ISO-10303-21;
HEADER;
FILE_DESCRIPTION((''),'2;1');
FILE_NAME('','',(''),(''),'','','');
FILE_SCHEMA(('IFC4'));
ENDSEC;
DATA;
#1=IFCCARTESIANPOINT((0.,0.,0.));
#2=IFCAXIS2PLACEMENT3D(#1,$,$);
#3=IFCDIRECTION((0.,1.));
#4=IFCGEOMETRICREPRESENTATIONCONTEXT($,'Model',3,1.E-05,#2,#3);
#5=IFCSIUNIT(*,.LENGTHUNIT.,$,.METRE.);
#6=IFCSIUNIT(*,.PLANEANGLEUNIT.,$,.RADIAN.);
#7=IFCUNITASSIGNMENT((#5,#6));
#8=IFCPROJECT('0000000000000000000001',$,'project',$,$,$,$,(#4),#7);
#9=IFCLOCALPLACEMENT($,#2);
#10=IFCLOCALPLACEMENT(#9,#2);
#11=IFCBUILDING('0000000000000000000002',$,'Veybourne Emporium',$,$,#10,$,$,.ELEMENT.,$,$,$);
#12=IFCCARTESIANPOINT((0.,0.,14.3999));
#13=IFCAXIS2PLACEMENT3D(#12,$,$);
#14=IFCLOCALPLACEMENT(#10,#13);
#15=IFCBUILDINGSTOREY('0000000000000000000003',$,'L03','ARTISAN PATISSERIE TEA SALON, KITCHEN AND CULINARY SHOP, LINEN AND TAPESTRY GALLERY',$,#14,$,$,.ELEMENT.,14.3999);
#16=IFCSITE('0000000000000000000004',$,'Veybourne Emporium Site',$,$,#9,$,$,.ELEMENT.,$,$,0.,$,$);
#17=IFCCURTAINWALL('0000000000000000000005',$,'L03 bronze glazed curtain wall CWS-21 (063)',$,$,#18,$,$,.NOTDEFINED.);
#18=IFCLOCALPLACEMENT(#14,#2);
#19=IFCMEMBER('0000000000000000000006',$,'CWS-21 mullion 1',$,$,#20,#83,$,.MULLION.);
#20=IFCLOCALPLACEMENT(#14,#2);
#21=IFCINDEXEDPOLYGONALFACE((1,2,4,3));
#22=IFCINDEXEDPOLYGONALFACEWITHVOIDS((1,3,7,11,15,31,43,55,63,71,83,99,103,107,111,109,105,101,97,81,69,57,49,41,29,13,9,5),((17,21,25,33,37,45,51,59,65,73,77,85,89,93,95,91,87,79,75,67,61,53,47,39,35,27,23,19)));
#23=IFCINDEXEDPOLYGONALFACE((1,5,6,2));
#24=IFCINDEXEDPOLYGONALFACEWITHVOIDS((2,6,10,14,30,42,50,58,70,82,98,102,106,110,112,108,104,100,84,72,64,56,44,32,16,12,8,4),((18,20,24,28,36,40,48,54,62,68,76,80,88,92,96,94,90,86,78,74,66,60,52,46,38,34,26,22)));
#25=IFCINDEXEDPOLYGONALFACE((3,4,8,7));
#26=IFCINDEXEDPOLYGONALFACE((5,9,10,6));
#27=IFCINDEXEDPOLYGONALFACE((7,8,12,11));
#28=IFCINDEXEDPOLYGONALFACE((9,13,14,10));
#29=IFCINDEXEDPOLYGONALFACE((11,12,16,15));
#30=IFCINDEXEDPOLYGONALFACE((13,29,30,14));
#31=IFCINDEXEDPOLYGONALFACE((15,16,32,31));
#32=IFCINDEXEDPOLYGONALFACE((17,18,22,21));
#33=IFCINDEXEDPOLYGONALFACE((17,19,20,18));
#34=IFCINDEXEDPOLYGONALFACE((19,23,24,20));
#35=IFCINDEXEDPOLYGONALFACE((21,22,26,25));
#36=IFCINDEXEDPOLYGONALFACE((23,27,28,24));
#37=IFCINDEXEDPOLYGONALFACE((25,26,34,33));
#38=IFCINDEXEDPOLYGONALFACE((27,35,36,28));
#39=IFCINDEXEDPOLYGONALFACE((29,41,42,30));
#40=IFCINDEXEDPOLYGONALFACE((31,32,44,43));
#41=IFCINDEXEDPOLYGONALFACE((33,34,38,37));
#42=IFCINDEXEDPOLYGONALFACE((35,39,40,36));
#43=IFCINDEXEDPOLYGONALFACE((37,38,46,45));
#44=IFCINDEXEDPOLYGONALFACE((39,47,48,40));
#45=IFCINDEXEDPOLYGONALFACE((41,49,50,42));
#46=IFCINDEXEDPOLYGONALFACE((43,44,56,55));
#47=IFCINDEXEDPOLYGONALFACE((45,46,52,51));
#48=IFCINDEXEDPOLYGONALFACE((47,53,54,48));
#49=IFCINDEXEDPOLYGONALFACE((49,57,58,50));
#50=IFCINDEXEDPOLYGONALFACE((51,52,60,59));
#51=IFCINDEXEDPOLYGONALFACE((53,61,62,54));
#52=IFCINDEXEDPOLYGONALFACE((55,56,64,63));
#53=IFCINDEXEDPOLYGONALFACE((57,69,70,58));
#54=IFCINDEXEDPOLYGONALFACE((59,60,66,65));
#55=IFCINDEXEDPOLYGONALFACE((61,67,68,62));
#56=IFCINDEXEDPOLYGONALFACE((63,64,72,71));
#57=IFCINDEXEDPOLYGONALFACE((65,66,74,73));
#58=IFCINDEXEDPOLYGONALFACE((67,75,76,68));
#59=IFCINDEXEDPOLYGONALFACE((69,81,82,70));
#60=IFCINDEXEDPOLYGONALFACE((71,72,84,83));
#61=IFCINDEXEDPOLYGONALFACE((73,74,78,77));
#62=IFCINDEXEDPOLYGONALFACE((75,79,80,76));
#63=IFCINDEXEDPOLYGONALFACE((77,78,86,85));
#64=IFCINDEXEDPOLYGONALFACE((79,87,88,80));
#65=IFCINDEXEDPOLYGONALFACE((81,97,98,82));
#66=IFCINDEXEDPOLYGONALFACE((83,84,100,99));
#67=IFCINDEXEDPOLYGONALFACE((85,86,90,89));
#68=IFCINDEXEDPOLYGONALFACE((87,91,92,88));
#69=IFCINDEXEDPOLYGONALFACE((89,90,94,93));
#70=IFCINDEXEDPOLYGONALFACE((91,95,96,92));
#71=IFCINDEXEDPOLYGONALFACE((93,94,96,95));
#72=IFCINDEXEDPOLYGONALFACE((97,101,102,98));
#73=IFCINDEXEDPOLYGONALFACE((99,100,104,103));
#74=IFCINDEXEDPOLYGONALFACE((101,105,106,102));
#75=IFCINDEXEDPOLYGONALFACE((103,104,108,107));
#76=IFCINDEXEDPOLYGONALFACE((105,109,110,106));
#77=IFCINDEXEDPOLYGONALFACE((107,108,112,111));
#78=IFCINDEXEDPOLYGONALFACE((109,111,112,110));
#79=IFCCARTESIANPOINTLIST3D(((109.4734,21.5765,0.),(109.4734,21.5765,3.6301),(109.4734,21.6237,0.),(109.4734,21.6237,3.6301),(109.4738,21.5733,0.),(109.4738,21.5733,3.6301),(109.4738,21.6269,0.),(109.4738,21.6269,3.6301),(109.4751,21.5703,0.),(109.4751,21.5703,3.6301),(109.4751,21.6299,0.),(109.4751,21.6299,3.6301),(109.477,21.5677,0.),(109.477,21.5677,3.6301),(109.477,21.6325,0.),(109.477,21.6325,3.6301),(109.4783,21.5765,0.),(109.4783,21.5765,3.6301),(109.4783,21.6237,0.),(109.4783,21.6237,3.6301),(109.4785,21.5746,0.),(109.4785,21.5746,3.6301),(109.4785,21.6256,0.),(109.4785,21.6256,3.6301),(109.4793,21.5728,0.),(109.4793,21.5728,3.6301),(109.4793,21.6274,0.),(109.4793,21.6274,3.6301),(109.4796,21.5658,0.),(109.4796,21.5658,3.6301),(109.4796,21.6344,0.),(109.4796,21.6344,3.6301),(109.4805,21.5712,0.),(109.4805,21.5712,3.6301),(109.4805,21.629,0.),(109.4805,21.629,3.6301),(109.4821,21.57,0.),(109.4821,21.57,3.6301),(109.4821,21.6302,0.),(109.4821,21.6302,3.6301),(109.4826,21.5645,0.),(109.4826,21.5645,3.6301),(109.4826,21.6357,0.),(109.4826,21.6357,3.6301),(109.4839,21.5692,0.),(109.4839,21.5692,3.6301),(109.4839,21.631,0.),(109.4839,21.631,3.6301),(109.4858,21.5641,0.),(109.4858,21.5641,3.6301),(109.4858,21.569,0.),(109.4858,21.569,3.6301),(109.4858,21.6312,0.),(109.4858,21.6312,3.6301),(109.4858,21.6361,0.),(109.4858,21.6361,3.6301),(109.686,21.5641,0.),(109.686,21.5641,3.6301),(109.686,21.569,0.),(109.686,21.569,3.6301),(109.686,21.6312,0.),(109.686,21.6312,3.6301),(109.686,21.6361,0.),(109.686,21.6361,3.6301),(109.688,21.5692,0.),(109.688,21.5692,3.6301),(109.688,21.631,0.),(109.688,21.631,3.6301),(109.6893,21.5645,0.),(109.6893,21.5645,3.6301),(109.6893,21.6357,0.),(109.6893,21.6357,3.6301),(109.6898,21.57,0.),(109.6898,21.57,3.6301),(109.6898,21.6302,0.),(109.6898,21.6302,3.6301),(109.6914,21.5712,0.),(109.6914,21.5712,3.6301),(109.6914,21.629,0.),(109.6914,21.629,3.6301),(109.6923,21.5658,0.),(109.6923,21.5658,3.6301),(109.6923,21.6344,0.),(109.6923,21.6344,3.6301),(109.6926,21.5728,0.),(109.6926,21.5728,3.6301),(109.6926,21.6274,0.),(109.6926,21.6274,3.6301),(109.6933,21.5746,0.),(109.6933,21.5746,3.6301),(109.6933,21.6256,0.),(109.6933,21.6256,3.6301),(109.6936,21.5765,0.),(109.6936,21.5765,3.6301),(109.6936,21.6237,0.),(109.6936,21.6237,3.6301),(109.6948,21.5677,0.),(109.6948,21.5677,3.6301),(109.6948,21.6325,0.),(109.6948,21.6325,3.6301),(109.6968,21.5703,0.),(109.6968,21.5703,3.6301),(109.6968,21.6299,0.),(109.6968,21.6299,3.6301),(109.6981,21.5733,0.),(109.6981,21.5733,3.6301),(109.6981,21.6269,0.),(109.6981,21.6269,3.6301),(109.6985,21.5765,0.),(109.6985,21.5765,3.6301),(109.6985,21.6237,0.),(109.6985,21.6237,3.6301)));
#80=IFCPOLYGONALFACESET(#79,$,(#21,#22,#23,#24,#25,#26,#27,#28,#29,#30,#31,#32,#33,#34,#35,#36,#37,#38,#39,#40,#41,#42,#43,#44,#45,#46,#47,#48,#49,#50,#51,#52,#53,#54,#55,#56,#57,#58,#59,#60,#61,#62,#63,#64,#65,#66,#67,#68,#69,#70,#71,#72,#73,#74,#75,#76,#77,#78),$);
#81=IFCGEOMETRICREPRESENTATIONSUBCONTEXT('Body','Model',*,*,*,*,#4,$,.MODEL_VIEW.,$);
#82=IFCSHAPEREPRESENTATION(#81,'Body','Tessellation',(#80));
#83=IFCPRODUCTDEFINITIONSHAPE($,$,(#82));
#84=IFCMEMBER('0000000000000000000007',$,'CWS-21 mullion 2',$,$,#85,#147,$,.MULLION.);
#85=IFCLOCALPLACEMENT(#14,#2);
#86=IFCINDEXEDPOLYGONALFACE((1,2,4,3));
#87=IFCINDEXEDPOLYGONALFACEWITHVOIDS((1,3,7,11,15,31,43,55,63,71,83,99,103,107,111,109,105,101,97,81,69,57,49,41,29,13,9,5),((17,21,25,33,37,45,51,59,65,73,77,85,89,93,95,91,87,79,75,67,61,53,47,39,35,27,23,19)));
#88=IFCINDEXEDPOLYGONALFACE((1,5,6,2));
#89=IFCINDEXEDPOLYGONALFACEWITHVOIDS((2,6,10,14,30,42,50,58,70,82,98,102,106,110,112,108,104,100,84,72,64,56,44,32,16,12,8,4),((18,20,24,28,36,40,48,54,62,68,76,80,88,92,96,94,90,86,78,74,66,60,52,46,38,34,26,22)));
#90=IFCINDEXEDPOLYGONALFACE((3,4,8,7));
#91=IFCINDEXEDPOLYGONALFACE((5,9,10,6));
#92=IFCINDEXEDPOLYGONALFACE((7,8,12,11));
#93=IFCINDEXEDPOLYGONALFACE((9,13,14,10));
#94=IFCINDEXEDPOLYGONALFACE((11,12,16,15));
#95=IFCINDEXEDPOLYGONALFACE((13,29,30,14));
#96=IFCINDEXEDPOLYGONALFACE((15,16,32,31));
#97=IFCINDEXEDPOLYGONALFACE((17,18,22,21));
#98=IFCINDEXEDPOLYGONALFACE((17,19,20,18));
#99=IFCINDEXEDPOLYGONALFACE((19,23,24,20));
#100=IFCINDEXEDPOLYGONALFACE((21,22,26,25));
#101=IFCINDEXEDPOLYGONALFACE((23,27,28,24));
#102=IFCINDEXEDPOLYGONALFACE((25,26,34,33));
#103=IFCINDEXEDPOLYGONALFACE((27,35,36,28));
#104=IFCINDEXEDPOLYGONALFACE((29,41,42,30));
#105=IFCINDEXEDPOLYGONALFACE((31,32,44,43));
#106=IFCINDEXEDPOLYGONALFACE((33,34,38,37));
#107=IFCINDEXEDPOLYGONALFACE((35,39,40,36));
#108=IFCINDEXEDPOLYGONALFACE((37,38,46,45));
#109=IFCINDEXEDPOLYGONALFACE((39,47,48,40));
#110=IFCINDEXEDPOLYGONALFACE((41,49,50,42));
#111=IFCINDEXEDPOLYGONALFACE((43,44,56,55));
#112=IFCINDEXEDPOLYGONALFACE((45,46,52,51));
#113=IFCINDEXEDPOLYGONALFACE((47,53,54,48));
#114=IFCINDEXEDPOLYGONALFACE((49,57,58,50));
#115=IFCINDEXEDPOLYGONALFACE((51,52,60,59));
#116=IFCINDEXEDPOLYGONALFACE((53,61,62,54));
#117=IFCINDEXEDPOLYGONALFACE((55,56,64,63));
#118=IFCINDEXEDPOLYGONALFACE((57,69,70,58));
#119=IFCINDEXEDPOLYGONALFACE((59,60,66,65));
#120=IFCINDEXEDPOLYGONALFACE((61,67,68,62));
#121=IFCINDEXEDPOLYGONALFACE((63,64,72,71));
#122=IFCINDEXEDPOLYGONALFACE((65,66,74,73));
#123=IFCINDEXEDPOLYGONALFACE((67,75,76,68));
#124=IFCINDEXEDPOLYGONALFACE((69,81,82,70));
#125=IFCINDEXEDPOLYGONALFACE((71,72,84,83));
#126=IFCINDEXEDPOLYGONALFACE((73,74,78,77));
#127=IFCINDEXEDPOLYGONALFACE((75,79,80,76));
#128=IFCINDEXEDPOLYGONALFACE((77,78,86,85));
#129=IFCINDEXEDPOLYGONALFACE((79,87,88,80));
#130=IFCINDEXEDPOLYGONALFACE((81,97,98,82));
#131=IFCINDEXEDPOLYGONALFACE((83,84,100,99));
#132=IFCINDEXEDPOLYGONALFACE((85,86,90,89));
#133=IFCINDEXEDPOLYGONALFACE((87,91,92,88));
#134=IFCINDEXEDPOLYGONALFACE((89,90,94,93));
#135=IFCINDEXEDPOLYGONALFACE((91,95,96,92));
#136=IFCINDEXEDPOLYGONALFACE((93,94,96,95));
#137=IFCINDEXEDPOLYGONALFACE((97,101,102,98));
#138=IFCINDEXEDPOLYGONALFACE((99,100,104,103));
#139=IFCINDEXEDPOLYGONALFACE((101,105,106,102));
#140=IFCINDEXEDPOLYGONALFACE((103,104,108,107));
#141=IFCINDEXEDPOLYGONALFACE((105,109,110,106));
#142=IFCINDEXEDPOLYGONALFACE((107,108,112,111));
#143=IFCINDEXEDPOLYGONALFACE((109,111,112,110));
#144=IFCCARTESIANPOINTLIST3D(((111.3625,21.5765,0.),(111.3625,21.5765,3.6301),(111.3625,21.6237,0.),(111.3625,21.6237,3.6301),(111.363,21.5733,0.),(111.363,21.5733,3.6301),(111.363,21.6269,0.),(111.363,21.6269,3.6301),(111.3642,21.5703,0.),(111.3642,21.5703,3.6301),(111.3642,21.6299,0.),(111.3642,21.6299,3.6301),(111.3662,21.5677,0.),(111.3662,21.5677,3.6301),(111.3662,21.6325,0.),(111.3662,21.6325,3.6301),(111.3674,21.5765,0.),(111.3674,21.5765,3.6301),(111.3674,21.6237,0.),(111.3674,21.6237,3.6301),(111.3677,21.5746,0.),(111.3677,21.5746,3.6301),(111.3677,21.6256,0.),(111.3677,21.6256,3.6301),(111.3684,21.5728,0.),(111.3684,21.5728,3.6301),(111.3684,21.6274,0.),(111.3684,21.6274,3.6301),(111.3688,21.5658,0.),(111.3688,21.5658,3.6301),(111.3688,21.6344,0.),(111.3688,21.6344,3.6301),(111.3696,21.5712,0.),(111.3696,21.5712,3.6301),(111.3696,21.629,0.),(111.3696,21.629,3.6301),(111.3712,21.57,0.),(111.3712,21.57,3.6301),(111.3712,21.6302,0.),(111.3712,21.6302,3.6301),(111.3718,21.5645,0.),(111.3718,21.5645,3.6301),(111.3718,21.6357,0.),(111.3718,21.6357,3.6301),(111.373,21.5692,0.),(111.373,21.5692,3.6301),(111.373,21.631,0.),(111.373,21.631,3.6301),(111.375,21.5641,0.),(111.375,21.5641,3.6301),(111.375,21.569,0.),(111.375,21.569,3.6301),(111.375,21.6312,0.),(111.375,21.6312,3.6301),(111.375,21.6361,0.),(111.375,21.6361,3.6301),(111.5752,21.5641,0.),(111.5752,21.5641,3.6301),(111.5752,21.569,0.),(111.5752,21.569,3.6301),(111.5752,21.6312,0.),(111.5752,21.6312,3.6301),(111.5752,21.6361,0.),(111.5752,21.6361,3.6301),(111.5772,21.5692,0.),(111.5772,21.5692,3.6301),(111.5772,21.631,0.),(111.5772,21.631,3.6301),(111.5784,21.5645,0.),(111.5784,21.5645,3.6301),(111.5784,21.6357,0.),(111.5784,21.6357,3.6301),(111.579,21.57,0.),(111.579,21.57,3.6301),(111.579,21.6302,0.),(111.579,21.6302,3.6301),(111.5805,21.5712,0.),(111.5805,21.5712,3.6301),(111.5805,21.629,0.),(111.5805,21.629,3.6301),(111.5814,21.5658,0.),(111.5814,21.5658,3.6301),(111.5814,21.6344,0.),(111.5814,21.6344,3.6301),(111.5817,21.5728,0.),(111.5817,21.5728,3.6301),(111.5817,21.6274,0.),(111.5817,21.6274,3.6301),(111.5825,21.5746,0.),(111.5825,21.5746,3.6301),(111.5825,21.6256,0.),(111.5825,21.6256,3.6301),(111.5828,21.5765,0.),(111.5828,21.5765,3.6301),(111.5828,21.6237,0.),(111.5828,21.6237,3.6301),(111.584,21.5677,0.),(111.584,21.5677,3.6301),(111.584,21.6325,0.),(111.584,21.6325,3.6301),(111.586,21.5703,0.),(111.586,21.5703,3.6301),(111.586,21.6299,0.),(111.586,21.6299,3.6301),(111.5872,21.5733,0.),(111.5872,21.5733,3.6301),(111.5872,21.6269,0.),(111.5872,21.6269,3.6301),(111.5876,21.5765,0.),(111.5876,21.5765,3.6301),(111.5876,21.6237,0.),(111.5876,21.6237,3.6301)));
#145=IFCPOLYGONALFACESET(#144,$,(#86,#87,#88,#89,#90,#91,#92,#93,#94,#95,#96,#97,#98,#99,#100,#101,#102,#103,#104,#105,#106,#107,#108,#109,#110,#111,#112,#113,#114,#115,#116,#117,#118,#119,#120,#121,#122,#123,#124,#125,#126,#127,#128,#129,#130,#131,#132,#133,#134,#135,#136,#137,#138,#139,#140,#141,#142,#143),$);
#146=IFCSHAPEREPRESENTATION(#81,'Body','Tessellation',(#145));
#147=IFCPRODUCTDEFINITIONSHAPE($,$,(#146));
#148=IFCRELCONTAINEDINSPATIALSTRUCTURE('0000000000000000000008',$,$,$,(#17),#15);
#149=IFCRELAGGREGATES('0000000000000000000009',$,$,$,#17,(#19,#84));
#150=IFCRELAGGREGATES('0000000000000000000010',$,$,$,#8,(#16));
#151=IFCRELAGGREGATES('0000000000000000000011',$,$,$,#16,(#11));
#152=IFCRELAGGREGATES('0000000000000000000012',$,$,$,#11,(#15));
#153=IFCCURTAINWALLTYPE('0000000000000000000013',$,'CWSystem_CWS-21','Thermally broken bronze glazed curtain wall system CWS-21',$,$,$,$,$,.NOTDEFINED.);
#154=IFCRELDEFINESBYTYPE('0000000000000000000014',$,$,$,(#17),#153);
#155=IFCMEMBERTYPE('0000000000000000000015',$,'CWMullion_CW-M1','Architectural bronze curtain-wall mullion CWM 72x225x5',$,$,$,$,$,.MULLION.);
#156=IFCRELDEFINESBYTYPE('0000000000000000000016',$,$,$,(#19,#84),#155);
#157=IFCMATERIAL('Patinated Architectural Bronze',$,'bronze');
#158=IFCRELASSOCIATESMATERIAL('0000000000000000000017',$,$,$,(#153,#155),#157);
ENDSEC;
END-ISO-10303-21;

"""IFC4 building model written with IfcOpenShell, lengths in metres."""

from ifc_helpers import new_model, si_unit, direction, frame, origin, origin_2d, place, context, subcontext, project, spatial, hollow_rectangle, extrude, material, material_profile, profile_set, type_object, element, aggregate, save


model = new_model("IFC4")

# Units and contexts
model_context = context("Model", 3, precision=1e-05, world=origin(), true_north=direction((0.0, 1.0)))
body_context = subcontext(model_context, "Body", "Model", "MODEL_VIEW")
ifc_project = project(units=[si_unit("LENGTHUNIT", "METRE"), si_unit("PLANEANGLEUNIT", "RADIAN")], contexts=[model_context])

# Site, building, storey
site_placement = place(None, origin())
site = spatial("IfcSite", under=ifc_project, at=site_placement, Name="Veybourne Emporium Site", CompositionType="ELEMENT", RefElevation=0.0)
building_placement = place(site_placement, origin())
building = spatial("IfcBuilding", under=site, at=building_placement, Name="Veybourne Emporium", CompositionType="ELEMENT")
storey_placement = place(building_placement, frame((0.0, 0.0, 14.3999)))
storey = spatial("IfcBuildingStorey", under=building, at=storey_placement, Name="L03", Description="ARTISAN PATISSERIE TEA SALON, KITCHEN AND CULINARY SHOP, LINEN AND TAPESTRY GALLERY", CompositionType="ELEMENT", Elevation=14.3999)

# Curtain wall, members
ifc_material_1 = material(Name="Patinated Architectural Bronze", Category="bronze")
curtain_wall_type = type_object("IfcCurtainWallType", Name="CWSystem_CWS-21", Description="Thermally broken bronze glazed curtain wall system CWS-21", PredefinedType="NOTDEFINED", material=ifc_material_1)
curtain_wall_placement = place(storey_placement, origin())
curtain_wall = element("IfcCurtainWall", 1, at=curtain_wall_placement, inside=storey, type_object=curtain_wall_type, Name="L03 bronze glazed curtain wall CWS-21 (063)", PredefinedType="NOTDEFINED")
ifc_material_profile_1 = material_profile(ifc_material_1, hollow_rectangle(XDim=0.072, YDim=0.2251, WallThickness=0.0049, InnerFilletRadius=0.0076, OuterFilletRadius=0.0125, at=origin_2d()), Name="CWM 72x225x5")
ifc_profile_set_1 = profile_set([ifc_material_profile_1], Name="Patinated Architectural Bronze")
member_type_1 = type_object("IfcMemberType", Name="CWMullion_CW-M1", Description="Architectural bronze curtain-wall mullion CWM 72x225x5", PredefinedType="MULLION", material=ifc_profile_set_1)
member_1_placement = place(storey_placement, frame((109.5859, 21.6001, 0.0), z_axis=(0.0, 0.0, 1.0), x_axis=(0.0, 1.0, 0.0)))
member_1 = element("IfcMember", 2, at=member_1_placement, type_object=member_type_1, Name="CWS-21 mullion 1", PredefinedType="MULLION", context=body_context, shape_type="SweptSolid", body=[
    extrude(hollow_rectangle(XDim=0.072, YDim=0.2251, WallThickness=0.0049, InnerFilletRadius=0.0076, OuterFilletRadius=0.0125, at=origin_2d()), origin(), (0.0, 0.0, 1.0), 3.6301),
])
member_2_placement = place(storey_placement, frame((111.4751, 21.6001, 0.0), z_axis=(0.0, 0.0, 1.0), x_axis=(0.0, 1.0, 0.0)))
member_2 = element("IfcMember", 3, at=member_2_placement, type_object=member_type_1, Name="CWS-21 mullion 2", PredefinedType="MULLION", context=body_context, shape_type="SweptSolid", body=[
    extrude(hollow_rectangle(XDim=0.072, YDim=0.2251, WallThickness=0.0049, InnerFilletRadius=0.0076, OuterFilletRadius=0.0125, at=origin_2d()), origin(), (0.0, 0.0, 1.0), 3.6301),
])
aggregate(curtain_wall, [member_1, member_2])

save(model, "model.ifc")
